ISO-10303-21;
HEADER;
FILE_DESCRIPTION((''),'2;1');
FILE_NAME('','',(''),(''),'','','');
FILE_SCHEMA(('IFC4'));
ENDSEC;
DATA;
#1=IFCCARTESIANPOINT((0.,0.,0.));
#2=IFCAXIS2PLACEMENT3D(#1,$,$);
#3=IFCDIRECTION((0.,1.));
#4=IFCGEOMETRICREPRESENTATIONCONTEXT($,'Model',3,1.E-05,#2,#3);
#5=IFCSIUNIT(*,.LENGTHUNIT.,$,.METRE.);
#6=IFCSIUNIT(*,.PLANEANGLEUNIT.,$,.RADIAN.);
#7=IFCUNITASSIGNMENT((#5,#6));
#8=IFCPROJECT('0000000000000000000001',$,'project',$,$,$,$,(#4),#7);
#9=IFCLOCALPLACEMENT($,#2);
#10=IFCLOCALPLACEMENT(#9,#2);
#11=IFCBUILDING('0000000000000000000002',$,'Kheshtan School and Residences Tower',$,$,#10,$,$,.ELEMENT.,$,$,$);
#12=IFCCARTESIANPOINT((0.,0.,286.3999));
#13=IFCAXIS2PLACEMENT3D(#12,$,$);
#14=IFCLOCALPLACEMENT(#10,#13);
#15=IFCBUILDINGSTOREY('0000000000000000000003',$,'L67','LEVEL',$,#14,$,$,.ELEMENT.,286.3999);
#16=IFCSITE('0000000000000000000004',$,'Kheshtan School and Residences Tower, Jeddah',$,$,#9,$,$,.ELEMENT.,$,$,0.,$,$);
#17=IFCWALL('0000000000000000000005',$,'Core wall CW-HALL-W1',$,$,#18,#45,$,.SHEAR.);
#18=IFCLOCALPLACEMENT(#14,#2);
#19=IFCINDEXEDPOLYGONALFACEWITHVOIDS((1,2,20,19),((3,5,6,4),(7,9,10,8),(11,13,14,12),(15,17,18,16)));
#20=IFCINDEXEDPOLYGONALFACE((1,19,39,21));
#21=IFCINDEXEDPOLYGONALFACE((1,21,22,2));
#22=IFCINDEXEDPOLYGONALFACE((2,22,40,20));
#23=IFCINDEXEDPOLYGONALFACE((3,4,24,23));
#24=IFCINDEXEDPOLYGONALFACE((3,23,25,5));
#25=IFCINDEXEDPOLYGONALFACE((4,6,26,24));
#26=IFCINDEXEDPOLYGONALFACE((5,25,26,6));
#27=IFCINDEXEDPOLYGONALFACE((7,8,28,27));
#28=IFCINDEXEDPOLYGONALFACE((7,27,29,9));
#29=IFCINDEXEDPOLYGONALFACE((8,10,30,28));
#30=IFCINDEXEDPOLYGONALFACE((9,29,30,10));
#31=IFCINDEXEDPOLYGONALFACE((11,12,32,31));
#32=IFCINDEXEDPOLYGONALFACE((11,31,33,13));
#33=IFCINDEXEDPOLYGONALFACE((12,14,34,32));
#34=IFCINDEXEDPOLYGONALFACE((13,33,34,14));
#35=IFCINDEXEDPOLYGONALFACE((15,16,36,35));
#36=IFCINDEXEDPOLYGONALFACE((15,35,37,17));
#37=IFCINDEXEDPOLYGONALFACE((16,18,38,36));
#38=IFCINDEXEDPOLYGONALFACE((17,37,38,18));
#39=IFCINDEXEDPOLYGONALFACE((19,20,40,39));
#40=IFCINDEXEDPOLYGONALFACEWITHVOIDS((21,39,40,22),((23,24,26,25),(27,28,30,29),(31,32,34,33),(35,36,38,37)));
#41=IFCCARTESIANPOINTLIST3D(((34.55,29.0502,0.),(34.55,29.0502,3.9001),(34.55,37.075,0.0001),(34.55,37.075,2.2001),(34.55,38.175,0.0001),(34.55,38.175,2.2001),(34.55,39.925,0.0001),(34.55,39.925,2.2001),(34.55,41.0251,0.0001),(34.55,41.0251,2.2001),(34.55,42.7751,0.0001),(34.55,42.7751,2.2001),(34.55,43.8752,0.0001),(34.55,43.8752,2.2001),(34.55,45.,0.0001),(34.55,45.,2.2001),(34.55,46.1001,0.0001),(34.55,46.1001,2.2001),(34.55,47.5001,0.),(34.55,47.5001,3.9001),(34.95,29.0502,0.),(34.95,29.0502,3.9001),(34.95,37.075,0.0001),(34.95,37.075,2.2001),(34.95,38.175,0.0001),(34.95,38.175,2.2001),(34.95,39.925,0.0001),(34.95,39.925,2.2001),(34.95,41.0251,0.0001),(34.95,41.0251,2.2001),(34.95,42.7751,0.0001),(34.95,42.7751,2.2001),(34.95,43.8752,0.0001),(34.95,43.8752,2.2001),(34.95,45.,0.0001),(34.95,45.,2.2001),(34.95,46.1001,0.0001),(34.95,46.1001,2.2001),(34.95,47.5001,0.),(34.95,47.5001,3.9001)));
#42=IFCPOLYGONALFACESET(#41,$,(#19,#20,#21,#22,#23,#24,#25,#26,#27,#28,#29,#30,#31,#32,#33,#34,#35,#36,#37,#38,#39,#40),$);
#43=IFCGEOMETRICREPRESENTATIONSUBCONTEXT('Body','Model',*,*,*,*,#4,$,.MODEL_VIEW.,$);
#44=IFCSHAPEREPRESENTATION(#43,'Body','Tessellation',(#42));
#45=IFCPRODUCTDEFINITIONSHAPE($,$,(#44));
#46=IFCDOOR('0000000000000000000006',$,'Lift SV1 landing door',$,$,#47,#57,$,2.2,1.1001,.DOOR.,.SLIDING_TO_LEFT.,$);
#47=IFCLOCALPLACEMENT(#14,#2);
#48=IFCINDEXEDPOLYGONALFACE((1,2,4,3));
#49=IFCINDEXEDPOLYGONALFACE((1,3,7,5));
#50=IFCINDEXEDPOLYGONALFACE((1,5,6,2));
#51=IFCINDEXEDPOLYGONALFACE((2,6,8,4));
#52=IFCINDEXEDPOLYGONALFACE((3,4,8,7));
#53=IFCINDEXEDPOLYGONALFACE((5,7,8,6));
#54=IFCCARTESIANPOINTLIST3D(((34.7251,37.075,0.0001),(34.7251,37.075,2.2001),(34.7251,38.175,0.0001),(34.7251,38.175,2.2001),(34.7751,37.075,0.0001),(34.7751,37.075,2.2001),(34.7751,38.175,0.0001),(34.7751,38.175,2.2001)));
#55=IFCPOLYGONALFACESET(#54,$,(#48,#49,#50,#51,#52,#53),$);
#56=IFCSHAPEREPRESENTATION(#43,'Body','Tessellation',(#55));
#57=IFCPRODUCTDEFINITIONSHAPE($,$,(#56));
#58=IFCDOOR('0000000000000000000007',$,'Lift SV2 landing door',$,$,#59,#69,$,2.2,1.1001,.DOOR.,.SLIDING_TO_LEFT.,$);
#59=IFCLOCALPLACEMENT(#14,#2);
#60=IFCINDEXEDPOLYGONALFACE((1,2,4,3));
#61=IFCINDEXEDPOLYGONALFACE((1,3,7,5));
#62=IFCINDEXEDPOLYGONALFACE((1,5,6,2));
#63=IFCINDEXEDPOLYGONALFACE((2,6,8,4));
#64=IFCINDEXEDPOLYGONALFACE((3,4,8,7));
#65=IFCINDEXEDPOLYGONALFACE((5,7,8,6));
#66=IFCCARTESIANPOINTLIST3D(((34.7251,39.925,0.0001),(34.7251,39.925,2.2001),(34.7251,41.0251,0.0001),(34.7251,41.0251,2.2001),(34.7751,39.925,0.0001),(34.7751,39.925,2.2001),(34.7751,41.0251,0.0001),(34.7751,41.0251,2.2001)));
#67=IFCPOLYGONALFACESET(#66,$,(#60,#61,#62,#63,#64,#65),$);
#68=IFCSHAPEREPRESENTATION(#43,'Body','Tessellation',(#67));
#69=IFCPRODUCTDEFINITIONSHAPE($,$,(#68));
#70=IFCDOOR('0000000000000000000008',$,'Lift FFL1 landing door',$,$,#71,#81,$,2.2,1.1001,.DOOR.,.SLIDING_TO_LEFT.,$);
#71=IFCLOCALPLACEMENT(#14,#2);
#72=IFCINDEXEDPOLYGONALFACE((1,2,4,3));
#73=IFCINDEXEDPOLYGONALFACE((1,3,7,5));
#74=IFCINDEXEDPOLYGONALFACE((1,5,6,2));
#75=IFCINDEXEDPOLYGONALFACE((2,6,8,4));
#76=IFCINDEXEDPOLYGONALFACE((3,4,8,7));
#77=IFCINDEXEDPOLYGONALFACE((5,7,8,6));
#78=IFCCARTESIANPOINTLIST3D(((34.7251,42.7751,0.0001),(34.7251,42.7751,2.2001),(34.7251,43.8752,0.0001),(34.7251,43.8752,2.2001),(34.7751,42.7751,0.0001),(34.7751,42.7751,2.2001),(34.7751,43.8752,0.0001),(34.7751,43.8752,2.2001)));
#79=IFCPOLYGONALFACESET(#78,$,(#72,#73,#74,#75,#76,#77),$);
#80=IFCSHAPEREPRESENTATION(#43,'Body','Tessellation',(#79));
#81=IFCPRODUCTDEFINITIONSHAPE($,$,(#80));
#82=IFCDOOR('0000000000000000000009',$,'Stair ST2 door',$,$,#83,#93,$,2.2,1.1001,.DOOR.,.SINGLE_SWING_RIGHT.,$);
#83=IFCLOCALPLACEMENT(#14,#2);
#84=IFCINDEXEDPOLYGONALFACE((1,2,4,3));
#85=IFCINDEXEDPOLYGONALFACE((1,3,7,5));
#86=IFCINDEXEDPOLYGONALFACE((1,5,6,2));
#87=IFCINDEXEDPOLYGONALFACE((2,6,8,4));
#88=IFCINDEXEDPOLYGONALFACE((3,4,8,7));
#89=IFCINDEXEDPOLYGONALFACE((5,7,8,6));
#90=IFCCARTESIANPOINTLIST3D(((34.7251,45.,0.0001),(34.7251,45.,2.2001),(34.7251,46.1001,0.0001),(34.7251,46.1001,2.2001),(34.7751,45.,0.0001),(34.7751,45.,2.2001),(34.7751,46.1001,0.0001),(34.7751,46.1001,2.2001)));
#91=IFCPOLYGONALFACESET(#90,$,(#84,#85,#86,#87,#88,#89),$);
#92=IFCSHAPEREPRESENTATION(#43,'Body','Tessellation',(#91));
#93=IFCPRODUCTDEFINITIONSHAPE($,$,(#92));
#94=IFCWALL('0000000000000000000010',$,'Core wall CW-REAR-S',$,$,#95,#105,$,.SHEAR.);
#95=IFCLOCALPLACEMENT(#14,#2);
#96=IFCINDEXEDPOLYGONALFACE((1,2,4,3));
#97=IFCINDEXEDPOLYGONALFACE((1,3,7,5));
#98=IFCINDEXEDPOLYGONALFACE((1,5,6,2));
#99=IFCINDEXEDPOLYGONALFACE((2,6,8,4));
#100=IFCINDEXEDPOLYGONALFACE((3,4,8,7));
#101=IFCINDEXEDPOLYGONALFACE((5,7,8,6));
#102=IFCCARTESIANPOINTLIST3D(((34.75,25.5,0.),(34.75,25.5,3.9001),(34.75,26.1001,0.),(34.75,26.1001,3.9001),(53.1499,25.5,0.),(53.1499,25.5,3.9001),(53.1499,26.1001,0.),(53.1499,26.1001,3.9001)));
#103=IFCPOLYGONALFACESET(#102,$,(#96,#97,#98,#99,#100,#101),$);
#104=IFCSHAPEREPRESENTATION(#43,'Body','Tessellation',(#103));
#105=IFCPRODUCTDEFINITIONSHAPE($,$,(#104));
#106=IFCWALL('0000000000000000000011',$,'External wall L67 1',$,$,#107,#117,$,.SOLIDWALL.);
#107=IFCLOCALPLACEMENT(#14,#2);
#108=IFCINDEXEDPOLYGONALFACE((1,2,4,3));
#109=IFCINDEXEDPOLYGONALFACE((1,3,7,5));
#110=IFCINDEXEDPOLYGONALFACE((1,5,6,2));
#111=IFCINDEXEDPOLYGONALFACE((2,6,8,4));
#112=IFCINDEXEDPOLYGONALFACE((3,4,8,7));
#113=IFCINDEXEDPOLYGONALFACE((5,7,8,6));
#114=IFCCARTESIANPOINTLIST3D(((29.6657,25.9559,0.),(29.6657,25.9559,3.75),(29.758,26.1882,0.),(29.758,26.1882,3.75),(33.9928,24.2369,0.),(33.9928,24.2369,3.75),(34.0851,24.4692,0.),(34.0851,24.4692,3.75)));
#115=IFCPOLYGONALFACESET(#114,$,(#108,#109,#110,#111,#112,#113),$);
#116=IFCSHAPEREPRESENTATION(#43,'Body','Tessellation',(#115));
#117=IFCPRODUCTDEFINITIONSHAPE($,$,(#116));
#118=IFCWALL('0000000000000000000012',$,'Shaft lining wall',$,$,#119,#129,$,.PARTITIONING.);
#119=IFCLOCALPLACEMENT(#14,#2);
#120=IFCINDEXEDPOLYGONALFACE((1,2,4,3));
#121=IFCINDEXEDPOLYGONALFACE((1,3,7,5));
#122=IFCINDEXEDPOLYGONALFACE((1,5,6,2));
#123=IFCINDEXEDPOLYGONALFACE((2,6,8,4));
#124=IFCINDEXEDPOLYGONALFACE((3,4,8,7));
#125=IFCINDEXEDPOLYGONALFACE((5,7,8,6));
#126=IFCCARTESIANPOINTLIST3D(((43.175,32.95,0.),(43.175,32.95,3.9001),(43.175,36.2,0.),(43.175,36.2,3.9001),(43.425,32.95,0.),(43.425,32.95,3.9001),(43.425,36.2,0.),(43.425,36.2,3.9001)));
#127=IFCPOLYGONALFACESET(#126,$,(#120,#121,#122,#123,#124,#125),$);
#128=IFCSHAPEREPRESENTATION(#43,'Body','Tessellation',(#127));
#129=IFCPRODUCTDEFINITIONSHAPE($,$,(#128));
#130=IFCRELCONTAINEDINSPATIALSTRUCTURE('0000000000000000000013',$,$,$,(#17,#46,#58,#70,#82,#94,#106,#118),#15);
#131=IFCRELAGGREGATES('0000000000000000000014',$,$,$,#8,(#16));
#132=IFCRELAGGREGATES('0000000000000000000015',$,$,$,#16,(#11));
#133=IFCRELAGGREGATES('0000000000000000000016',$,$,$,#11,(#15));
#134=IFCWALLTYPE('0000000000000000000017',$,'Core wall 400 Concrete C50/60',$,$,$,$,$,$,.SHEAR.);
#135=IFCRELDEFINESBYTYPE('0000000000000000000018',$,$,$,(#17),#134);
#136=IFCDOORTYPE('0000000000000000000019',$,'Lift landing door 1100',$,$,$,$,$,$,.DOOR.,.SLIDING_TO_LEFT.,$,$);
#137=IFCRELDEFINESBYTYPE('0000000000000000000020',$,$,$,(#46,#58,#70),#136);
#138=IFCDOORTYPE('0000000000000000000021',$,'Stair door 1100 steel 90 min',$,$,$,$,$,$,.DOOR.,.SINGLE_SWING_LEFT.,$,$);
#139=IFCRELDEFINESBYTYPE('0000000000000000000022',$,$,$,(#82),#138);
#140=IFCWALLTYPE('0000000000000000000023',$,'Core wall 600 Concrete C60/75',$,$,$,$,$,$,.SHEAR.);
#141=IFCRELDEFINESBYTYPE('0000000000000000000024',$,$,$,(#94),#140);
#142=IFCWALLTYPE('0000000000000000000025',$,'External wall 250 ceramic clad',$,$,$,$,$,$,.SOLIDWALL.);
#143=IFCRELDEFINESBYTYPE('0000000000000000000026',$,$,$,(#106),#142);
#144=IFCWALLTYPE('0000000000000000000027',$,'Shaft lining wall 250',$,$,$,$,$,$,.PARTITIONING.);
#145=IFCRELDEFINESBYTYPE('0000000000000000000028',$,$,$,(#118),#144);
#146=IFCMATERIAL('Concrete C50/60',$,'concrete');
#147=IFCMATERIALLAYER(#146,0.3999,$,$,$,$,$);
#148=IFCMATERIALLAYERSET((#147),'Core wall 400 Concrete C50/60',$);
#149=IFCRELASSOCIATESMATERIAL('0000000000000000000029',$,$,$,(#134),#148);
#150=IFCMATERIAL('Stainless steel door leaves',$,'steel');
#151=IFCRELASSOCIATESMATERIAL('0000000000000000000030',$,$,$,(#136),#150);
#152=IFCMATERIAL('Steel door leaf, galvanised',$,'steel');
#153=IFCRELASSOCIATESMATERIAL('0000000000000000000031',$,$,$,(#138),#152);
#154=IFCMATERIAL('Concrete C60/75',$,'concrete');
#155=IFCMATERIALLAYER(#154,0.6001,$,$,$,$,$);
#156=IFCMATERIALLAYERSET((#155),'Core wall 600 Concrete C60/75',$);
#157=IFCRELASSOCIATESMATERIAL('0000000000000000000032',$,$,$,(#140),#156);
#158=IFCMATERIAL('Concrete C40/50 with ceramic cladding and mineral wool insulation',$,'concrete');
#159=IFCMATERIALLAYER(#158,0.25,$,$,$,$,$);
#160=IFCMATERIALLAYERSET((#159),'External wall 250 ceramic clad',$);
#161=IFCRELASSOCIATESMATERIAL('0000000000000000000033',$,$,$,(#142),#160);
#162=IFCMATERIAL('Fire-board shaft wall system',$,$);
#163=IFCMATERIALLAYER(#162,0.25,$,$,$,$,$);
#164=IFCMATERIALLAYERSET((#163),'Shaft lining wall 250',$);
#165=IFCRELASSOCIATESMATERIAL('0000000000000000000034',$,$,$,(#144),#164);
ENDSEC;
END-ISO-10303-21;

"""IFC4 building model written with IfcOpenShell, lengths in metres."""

from ifc_helpers import new_model, si_unit, direction, frame, frame_2d, origin, place, context, subcontext, project, spatial, rectangle, extrude, source, transform, mapped, material, layer, layer_set, type_object, element, fill, save


model = new_model("IFC4")

# Units and contexts
model_context = context("Model", 3, precision=1e-05, world=origin(), true_north=direction((0.0, 1.0)))
body_context = subcontext(model_context, "Body", "Model", "MODEL_VIEW")
ifc_project = project(units=[si_unit("LENGTHUNIT", "METRE"), si_unit("PLANEANGLEUNIT", "RADIAN")], contexts=[model_context])

# Site, building, storey
site_placement = place(None, origin())
site = spatial("IfcSite", under=ifc_project, at=site_placement, Name="Kheshtan School and Residences Tower, Jeddah", CompositionType="ELEMENT", RefElevation=0.0)
building_placement = place(site_placement, origin())
building = spatial("IfcBuilding", under=site, at=building_placement, Name="Kheshtan School and Residences Tower", CompositionType="ELEMENT")
storey_placement = place(building_placement, frame((0.0, 0.0, 286.3999)))
storey = spatial("IfcBuildingStorey", under=building, at=storey_placement, Name="L67", Description="LEVEL", CompositionType="ELEMENT", Elevation=286.3999)

# Wall, openings, doors
ifc_material_1 = material(Name="Concrete C50/60", Category="concrete")
ifc_layer_1 = layer(ifc_material_1, 0.3999)
ifc_layer_set_1 = layer_set([ifc_layer_1], Name="Core wall 400 Concrete C50/60")
wall_type_1 = type_object("IfcWallType", Name="Core wall 400 Concrete C50/60", PredefinedType="SHEAR", material=ifc_layer_set_1)
ifc_material_2 = material(Name="Stainless steel door leaves", Category="steel")
door_type_1 = type_object("IfcDoorType", Name="Lift landing door 1100", OperationType="SLIDING_TO_LEFT", PredefinedType="DOOR", material=ifc_material_2)
shared_shape_1 = source(origin(), body_context, "Body", "SweptSolid", [
    extrude(rectangle(XDim=1.1001, YDim=2.2, at=frame_2d((0.55, 1.1001))), frame((0.0, 0.0249, 0.0), z_axis=(0.0, -1.0, 0.0), x_axis=(1.0, 0.0, 0.0)), (0.0, 0.0, 1.0), 0.05),
])
ifc_material_3 = material(Name="Steel door leaf, galvanised", Category="steel")
wall_1_placement = place(storey_placement, frame((34.75, 29.05, 0.0), z_axis=(0.0, 0.0, 1.0), x_axis=(0.0, 1.0, 0.0)))
wall_1 = element("IfcWall", 1, at=wall_1_placement, inside=storey, type_object=wall_type_1, Name="Core wall CW-HALL-W1", PredefinedType="SHEAR", context=body_context, shape_type="SweptSolid", body=[
    extrude(rectangle(XDim=18.45, YDim=0.3999, at=frame_2d((9.2251, 0.0))), origin(), (0.0, 0.0, 1.0), 3.9001),
])
opening_1_placement = place(wall_1_placement, frame((8.0249, 0.0, 0.0)))
opening_1 = element("IfcOpeningElement", 2, at=opening_1_placement, cuts=wall_1, PredefinedType="OPENING", context=body_context, shape_type="SweptSolid", body=[
    extrude(rectangle(XDim=1.1001, YDim=2.2, at=frame_2d((0.55, 1.1001))), frame((0.0, 0.21, 0.0), z_axis=(0.0, -1.0, 0.0), x_axis=(1.0, 0.0, 0.0)), (0.0, 0.0, 1.0), 0.4199),
])
opening_2_placement = place(wall_1_placement, frame((10.875, 0.0, 0.0)))
opening_2 = element("IfcOpeningElement", 3, at=opening_2_placement, cuts=wall_1, PredefinedType="OPENING", context=body_context, shape_type="SweptSolid", body=[
    extrude(rectangle(XDim=1.1001, YDim=2.2, at=frame_2d((0.55, 1.1001))), frame((0.0, 0.21, 0.0), z_axis=(0.0, -1.0, 0.0), x_axis=(1.0, 0.0, 0.0)), (0.0, 0.0, 1.0), 0.4199),
])
opening_3_placement = place(wall_1_placement, frame((13.7251, 0.0, 0.0)))
opening_3 = element("IfcOpeningElement", 4, at=opening_3_placement, cuts=wall_1, PredefinedType="OPENING", context=body_context, shape_type="SweptSolid", body=[
    extrude(rectangle(XDim=1.1001, YDim=2.2, at=frame_2d((0.55, 1.1001))), frame((0.0, 0.21, 0.0), z_axis=(0.0, -1.0, 0.0), x_axis=(1.0, 0.0, 0.0)), (0.0, 0.0, 1.0), 0.4199),
])
opening_4_placement = place(wall_1_placement, frame((15.95, 0.0, 0.0)))
opening_4 = element("IfcOpeningElement", 5, at=opening_4_placement, cuts=wall_1, PredefinedType="OPENING", context=body_context, shape_type="SweptSolid", body=[
    extrude(rectangle(XDim=1.1001, YDim=2.2, at=frame_2d((0.55, 1.1001))), frame((0.0, 0.21, 0.0), z_axis=(0.0, -1.0, 0.0), x_axis=(1.0, 0.0, 0.0)), (0.0, 0.0, 1.0), 0.4199),
])
door_1_placement = place(opening_1_placement, origin())
door_1 = element("IfcDoor", 6, at=door_1_placement, inside=storey, type_object=door_type_1, Name="Lift SV1 landing door", OperationType="SLIDING_TO_LEFT", OverallHeight=2.2, OverallWidth=1.1001, PredefinedType="DOOR", context=body_context, shape_type="MappedRepresentation", body=[
    mapped(shared_shape_1, transform((0.0, 0.0, 0.0), x_axis=(1.0, 0.0, 0.0), y_axis=(0.0, 1.0, 0.0), z_axis=(0.0, 0.0, 1.0), scale=1.0)),
])
fill(opening_1, door_1)
door_2_placement = place(opening_2_placement, origin())
door_2 = element("IfcDoor", 7, at=door_2_placement, inside=storey, type_object=door_type_1, Name="Lift SV2 landing door", OperationType="SLIDING_TO_LEFT", OverallHeight=2.2, OverallWidth=1.1001, PredefinedType="DOOR", context=body_context, shape_type="MappedRepresentation", body=[
    mapped(shared_shape_1, transform((0.0, 0.0, 0.0), x_axis=(1.0, 0.0, 0.0), y_axis=(0.0, 1.0, 0.0), z_axis=(0.0, 0.0, 1.0), scale=1.0)),
])
fill(opening_2, door_2)
door_3_placement = place(opening_3_placement, origin())
door_3 = element("IfcDoor", 8, at=door_3_placement, inside=storey, type_object=door_type_1, Name="Lift FFL1 landing door", OperationType="SLIDING_TO_LEFT", OverallHeight=2.2, OverallWidth=1.1001, PredefinedType="DOOR", context=body_context, shape_type="MappedRepresentation", body=[
    mapped(shared_shape_1, transform((0.0, 0.0, 0.0), x_axis=(1.0, 0.0, 0.0), y_axis=(0.0, 1.0, 0.0), z_axis=(0.0, 0.0, 1.0), scale=1.0)),
])
fill(opening_3, door_3)
door_type_2 = type_object("IfcDoorType", Name="Stair door 1100 steel 90 min", OperationType="SINGLE_SWING_LEFT", PredefinedType="DOOR", material=ifc_material_3)
shared_shape_2 = source(origin(), body_context, "Body", "SweptSolid", [
    extrude(rectangle(XDim=1.1001, YDim=2.2, at=frame_2d((0.55, 1.1001))), frame((0.0, 0.0249, 0.0), z_axis=(0.0, -1.0, 0.0), x_axis=(1.0, 0.0, 0.0)), (0.0, 0.0, 1.0), 0.05),
])
door_4_placement = place(opening_4_placement, origin())
door_4 = element("IfcDoor", 9, at=door_4_placement, inside=storey, type_object=door_type_2, Name="Stair ST2 door", OperationType="SINGLE_SWING_RIGHT", OverallHeight=2.2, OverallWidth=1.1001, PredefinedType="DOOR", context=body_context, shape_type="MappedRepresentation", body=[
    mapped(shared_shape_2, transform((0.0, 0.0, 0.0), x_axis=(1.0, 0.0, 0.0), y_axis=(0.0, 1.0, 0.0), z_axis=(0.0, 0.0, 1.0), scale=1.0)),
])
fill(opening_4, door_4)

# Walls
ifc_material_4 = material(Name="Concrete C60/75", Category="concrete")
ifc_layer_2 = layer(ifc_material_4, 0.6001)
ifc_layer_set_2 = layer_set([ifc_layer_2], Name="Core wall 600 Concrete C60/75")
wall_type_2 = type_object("IfcWallType", Name="Core wall 600 Concrete C60/75", PredefinedType="SHEAR", material=ifc_layer_set_2)
wall_2_placement = place(storey_placement, frame((34.75, 25.8, 0.0), z_axis=(0.0, 0.0, 1.0), x_axis=(1.0, 0.0, 0.0)))
element("IfcWall", 10, at=wall_2_placement, inside=storey, type_object=wall_type_2, Name="Core wall CW-REAR-S", PredefinedType="SHEAR", context=body_context, shape_type="SweptSolid", body=[
    extrude(rectangle(XDim=18.3999, YDim=0.6001, at=frame_2d((9.2, 0.0))), origin(), (0.0, 0.0, 1.0), 3.9001),
])
ifc_material_5 = material(Name="Concrete C40/50 with ceramic cladding and mineral wool insulation", Category="concrete")
ifc_layer_3 = layer(ifc_material_5, 0.25)
ifc_layer_set_3 = layer_set([ifc_layer_3], Name="External wall 250 ceramic clad")
wall_type_3 = type_object("IfcWallType", Name="External wall 250 ceramic clad", PredefinedType="SOLIDWALL", material=ifc_layer_set_3)
wall_3_placement = place(storey_placement, frame((34.0391, 24.353, 0.0), z_axis=(0.0, 0.0, 1.0), x_axis=(-0.929353, 0.369193, 0.0)))
element("IfcWall", 11, at=wall_3_placement, inside=storey, type_object=wall_type_3, Name="External wall L67 1", PredefinedType="SOLIDWALL", context=body_context, shape_type="SweptSolid", body=[
    extrude(rectangle(XDim=4.656, YDim=0.25, at=frame_2d((2.3281, 0.0))), origin(), (0.0, 0.0, 1.0), 3.75),
])
ifc_material_6 = material(Name="Fire-board shaft wall system")
ifc_layer_4 = layer(ifc_material_6, 0.25)
ifc_layer_set_4 = layer_set([ifc_layer_4], Name="Shaft lining wall 250")
wall_type_4 = type_object("IfcWallType", Name="Shaft lining wall 250", PredefinedType="PARTITIONING", material=ifc_layer_set_4)
wall_4_placement = place(storey_placement, frame((43.3, 32.95, 0.0), z_axis=(0.0, 0.0, 1.0), x_axis=(0.0, 1.0, 0.0)))
element("IfcWall", 12, at=wall_4_placement, inside=storey, type_object=wall_type_4, Name="Shaft lining wall", PredefinedType="PARTITIONING", context=body_context, shape_type="SweptSolid", body=[
    extrude(rectangle(XDim=3.25, YDim=0.25, at=frame_2d((1.625, 0.0))), origin(), (0.0, 0.0, 1.0), 3.9001),
])

save(model, "model.ifc")
